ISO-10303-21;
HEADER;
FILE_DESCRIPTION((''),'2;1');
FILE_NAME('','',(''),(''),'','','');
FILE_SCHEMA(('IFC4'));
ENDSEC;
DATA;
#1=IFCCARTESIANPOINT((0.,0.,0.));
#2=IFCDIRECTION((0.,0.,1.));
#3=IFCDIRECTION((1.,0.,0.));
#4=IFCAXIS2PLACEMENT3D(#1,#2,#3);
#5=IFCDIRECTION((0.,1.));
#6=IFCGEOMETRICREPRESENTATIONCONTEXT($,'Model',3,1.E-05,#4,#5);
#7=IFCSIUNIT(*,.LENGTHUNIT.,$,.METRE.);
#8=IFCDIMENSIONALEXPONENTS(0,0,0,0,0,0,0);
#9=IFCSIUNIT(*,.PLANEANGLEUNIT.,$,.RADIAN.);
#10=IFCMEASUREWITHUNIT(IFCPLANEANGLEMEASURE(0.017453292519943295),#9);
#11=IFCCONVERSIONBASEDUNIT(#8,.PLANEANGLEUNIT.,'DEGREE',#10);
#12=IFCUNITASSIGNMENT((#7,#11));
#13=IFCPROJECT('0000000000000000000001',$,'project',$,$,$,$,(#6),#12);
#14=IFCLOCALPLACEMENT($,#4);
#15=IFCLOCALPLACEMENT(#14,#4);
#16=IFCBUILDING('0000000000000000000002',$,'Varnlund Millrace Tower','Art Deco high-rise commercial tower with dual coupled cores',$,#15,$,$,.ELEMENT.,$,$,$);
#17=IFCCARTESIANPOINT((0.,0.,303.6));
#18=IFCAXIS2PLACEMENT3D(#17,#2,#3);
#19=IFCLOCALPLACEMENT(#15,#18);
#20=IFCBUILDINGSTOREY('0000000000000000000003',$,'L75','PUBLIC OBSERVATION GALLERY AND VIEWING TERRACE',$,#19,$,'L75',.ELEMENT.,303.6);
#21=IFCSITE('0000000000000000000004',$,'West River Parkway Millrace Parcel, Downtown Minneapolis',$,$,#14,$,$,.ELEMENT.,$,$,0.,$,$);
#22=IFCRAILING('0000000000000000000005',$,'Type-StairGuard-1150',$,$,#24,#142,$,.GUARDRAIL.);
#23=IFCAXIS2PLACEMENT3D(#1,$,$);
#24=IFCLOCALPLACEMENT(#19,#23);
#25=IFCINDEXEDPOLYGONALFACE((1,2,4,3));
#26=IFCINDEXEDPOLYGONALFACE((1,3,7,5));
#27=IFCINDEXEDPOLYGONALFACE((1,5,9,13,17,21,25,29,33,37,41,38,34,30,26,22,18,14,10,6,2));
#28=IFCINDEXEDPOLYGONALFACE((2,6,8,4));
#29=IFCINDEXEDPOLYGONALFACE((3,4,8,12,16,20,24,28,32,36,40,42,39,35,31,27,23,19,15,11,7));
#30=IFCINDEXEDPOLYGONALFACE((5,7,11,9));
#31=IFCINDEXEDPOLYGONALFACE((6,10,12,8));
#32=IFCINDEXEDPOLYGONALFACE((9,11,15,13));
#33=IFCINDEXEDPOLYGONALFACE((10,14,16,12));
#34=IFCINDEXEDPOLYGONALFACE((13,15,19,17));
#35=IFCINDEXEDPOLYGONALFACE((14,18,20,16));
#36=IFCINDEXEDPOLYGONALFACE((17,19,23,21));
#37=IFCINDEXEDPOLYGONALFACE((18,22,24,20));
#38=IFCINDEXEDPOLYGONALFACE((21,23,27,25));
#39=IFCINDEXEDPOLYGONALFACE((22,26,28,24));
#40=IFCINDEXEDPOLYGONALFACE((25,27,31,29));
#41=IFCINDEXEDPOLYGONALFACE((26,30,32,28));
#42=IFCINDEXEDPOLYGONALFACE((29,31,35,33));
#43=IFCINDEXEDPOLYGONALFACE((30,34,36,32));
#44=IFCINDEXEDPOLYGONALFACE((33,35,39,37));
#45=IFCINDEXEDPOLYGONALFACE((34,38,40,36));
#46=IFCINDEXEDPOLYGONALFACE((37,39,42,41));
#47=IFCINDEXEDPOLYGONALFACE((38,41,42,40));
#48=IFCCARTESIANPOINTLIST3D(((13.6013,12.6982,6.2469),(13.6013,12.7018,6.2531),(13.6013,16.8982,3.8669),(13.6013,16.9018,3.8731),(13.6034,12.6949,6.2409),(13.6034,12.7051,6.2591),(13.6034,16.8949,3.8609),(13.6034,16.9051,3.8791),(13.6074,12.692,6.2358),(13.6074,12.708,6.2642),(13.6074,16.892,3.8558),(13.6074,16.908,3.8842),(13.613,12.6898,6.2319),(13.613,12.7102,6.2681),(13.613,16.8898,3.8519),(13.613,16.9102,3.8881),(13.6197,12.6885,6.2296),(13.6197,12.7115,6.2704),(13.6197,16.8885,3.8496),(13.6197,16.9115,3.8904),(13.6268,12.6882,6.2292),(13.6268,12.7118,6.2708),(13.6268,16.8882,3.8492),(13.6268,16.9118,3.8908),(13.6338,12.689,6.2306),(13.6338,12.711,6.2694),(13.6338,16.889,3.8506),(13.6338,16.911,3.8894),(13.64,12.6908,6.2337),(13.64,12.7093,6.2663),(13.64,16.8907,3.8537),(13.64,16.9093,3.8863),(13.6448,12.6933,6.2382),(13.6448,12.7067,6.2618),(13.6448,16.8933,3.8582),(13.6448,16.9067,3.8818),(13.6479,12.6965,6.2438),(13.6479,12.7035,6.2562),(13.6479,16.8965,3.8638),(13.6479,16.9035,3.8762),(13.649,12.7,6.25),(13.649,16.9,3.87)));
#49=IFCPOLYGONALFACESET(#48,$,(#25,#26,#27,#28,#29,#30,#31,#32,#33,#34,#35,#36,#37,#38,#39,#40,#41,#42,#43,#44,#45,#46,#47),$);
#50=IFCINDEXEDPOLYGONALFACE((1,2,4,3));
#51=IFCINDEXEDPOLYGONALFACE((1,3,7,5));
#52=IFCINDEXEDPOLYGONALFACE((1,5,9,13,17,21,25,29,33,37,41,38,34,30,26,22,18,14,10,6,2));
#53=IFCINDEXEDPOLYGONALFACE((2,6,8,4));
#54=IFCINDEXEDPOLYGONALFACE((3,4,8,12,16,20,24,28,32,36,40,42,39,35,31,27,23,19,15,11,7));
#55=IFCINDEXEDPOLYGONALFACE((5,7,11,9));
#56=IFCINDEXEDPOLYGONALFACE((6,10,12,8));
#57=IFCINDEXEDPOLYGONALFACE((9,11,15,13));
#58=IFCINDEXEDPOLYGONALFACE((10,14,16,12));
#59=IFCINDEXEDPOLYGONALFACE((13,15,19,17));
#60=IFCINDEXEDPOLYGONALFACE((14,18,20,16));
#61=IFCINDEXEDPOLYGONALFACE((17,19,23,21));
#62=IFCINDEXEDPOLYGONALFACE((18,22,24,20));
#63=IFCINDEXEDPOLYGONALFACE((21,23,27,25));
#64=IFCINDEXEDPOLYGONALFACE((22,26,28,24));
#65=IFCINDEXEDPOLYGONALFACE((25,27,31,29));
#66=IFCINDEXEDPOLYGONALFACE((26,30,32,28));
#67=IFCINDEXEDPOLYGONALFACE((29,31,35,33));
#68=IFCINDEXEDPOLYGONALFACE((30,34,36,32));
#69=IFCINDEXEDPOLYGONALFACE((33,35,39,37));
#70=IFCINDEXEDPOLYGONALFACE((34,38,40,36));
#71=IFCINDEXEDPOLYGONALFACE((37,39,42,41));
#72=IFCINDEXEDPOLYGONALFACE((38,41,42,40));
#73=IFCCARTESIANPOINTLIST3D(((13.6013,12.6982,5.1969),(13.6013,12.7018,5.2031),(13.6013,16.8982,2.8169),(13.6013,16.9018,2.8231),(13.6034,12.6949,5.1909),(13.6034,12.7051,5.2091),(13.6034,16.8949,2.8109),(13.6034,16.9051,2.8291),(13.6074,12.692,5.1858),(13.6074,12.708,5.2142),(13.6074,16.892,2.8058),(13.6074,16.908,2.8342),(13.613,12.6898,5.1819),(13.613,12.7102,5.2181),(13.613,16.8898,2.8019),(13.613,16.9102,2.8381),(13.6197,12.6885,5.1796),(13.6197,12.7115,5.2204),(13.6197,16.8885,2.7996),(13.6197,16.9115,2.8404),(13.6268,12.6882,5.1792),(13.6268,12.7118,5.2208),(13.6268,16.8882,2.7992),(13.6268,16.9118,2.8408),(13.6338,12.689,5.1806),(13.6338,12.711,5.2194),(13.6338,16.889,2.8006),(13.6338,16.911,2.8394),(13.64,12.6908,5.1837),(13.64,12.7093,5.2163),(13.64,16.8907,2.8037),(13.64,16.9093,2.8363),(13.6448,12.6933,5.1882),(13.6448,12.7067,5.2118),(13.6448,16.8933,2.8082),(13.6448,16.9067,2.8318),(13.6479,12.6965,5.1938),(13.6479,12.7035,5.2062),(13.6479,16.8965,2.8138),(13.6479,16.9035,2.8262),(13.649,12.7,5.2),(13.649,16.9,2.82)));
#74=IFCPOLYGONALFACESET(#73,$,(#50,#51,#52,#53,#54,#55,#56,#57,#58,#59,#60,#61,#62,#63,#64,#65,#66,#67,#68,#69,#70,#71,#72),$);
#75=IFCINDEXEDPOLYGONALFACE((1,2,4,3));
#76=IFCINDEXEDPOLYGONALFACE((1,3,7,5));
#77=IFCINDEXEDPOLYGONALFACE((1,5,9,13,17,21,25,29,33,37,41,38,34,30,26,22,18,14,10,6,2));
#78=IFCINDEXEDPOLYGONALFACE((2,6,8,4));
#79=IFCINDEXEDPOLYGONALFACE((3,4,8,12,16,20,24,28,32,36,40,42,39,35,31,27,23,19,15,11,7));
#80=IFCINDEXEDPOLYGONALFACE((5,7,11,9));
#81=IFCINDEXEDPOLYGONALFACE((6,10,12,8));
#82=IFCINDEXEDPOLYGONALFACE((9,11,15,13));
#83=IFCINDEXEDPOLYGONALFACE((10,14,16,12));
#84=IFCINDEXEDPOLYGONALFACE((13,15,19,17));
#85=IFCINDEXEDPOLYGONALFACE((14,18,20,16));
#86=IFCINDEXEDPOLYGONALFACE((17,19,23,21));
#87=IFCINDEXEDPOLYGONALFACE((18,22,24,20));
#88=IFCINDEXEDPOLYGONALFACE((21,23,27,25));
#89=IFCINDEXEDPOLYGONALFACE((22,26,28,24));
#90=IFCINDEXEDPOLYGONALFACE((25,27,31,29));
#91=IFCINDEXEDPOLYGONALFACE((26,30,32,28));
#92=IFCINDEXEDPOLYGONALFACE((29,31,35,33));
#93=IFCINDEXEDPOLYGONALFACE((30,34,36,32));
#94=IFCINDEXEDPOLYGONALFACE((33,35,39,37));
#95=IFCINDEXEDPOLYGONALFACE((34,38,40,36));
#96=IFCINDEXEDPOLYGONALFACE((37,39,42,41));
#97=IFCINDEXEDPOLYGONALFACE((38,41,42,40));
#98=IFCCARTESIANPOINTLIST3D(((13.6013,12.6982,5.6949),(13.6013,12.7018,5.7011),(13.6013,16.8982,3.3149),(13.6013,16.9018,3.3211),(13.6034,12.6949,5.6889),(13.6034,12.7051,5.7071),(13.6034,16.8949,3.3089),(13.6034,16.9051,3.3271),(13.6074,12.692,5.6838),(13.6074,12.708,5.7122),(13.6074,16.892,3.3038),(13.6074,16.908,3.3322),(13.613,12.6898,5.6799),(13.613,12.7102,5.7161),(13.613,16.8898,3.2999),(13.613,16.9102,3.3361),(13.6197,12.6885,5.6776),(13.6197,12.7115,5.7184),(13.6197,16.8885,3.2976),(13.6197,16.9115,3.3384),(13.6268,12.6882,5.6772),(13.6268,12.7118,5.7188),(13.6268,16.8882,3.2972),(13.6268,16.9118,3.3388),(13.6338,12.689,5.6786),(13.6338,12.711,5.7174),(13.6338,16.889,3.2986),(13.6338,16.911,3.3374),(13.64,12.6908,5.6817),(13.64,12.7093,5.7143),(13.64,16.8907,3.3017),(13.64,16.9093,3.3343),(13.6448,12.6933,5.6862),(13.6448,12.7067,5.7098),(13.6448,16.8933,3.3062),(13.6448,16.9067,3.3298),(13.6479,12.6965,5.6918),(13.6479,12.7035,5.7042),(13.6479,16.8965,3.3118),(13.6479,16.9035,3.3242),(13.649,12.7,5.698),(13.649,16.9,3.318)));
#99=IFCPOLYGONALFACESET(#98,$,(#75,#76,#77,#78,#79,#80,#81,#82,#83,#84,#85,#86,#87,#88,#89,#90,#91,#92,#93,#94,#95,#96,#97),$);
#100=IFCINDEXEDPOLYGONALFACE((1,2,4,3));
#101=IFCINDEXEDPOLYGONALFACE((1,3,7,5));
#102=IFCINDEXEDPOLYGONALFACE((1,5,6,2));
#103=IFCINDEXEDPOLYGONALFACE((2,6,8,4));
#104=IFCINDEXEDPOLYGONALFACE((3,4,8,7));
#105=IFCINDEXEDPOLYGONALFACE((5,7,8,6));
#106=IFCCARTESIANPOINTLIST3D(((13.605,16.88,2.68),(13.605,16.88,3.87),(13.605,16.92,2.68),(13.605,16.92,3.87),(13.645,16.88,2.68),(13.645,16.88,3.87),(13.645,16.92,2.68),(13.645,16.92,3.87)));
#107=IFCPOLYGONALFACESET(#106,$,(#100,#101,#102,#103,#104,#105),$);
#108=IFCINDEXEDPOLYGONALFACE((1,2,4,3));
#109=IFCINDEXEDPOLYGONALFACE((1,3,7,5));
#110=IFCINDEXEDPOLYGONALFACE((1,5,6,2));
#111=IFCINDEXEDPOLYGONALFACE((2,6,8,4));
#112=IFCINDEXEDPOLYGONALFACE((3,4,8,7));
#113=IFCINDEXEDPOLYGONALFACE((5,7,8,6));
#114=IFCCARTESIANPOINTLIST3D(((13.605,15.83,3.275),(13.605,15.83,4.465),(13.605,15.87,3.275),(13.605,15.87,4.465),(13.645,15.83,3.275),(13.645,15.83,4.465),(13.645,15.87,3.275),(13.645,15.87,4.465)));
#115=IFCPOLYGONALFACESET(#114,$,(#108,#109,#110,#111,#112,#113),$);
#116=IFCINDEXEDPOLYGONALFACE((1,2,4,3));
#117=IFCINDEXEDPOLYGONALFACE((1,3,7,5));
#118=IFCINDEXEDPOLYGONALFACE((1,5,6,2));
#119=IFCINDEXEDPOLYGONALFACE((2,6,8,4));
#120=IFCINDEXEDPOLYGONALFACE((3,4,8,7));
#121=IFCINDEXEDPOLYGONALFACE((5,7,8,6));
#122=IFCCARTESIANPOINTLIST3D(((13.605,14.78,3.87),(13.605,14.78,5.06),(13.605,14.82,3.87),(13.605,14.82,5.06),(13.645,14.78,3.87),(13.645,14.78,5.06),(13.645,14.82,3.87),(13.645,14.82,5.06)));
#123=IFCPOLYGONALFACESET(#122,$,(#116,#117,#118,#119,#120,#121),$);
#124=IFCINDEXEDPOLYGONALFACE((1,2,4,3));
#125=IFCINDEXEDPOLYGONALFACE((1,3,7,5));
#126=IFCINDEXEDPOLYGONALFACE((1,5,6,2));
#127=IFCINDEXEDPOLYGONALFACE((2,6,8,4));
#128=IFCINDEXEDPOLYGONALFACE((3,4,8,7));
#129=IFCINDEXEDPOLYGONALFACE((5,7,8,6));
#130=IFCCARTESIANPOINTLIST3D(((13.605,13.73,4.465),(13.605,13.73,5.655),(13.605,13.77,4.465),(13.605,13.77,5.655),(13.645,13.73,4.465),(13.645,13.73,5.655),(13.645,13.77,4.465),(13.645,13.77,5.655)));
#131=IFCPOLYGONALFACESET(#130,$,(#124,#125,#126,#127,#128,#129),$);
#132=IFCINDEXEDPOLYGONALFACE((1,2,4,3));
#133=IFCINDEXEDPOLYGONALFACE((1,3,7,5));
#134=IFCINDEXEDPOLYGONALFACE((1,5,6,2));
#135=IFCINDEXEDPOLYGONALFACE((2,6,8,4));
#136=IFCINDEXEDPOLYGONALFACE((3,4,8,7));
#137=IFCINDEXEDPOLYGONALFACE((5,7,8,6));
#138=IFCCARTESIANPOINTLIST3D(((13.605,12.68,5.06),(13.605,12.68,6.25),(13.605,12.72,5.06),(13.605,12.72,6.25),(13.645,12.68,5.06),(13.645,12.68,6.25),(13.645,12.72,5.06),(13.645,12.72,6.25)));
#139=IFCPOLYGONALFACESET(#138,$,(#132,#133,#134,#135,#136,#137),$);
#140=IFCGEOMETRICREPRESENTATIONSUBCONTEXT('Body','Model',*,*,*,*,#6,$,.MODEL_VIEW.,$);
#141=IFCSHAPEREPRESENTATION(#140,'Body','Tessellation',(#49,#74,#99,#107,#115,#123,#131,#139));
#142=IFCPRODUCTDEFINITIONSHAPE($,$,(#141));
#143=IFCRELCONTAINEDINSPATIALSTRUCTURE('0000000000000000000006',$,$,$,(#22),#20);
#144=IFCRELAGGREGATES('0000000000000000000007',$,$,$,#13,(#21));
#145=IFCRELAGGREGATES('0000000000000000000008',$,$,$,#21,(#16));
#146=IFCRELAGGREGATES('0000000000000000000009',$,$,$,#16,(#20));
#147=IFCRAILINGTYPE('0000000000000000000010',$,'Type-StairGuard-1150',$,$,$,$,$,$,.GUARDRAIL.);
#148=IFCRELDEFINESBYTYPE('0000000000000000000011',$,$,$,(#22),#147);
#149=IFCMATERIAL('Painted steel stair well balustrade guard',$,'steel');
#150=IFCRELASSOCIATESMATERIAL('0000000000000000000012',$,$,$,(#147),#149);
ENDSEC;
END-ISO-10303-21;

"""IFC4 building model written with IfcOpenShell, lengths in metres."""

from ifc_helpers import new_model, entity, si_unit, converted_unit, direction, frame, origin_with_axes, origin_2d_with_axis, place, context, subcontext, project, spatial, rectangle, circle, extrude, material, type_object, element, save


model = new_model("IFC4")

# Units and contexts
model_context = context("Model", 3, precision=1e-05, world=origin_with_axes(), true_north=direction((0.0, 1.0)))
body_context = subcontext(model_context, "Body", "Model", "MODEL_VIEW")
ifc_project = project(units=[si_unit("LENGTHUNIT", "METRE"), converted_unit("PLANEANGLEUNIT", "DEGREE", entity("IfcPlaneAngleMeasure", 0.017453292519943295), si_unit("PLANEANGLEUNIT", "RADIAN"), dimensions=[0, 0, 0, 0, 0, 0, 0])], contexts=[model_context])

# Site, building, storey
site_placement = place(None, origin_with_axes())
site = spatial("IfcSite", under=ifc_project, at=site_placement, Name="West River Parkway Millrace Parcel, Downtown Minneapolis", CompositionType="ELEMENT", RefElevation=0.0)
building_placement = place(site_placement, origin_with_axes())
building = spatial("IfcBuilding", under=site, at=building_placement, Name="Varnlund Millrace Tower", Description="Art Deco high-rise commercial tower with dual coupled cores", CompositionType="ELEMENT")
storey_placement = place(building_placement, frame((0.0, 0.0, 303.6), z_axis=(0.0, 0.0, 1.0), x_axis=(1.0, 0.0, 0.0)))
storey = spatial("IfcBuildingStorey", under=building, at=storey_placement, Name="L75", Description="PUBLIC OBSERVATION GALLERY AND VIEWING TERRACE", LongName="L75", CompositionType="ELEMENT", Elevation=303.6)

# Railing
ifc_material_1 = material(Name="Painted steel stair well balustrade guard", Category="steel")
railing_type_1 = type_object("IfcRailingType", Name="Type-StairGuard-1150", PredefinedType="GUARDRAIL", material=ifc_material_1)
railing_1_placement = place(storey_placement, frame((0.0, 0.0, -303.6), z_axis=(0.0, 0.0, 1.0), x_axis=(1.0, 0.0, 0.0)))
element("IfcRailing", 1, at=railing_1_placement, inside=storey, type_object=railing_type_1, Name="Type-StairGuard-1150", PredefinedType="GUARDRAIL", context=body_context, shape_type="SweptSolid", body=[
    extrude(circle(Radius=0.024, at=origin_2d_with_axis()), frame((13.625, 16.9, 307.47), z_axis=(0.0, -0.870022, 0.493013), x_axis=(1.0, 0.0, 0.0)), (0.0, 0.0, 1.0), 4.8275),
    extrude(circle(Radius=0.024, at=origin_2d_with_axis()), frame((13.625, 16.9, 306.42), z_axis=(0.0, -0.870022, 0.493013), x_axis=(1.0, 0.0, 0.0)), (0.0, 0.0, 1.0), 4.8275),
    extrude(circle(Radius=0.024, at=origin_2d_with_axis()), frame((13.625, 16.9, 306.918), z_axis=(0.0, -0.870022, 0.493013), x_axis=(1.0, 0.0, 0.0)), (0.0, 0.0, 1.0), 4.8275),
    extrude(rectangle(XDim=0.04, YDim=0.04, at=origin_2d_with_axis()), frame((13.625, 16.9, 306.28), z_axis=(0.0, 0.0, 1.0), x_axis=(1.0, 0.0, 0.0)), (0.0, 0.0, 1.0), 1.19),
    extrude(rectangle(XDim=0.04, YDim=0.04, at=origin_2d_with_axis()), frame((13.625, 15.85, 306.875), z_axis=(0.0, 0.0, 1.0), x_axis=(1.0, 0.0, 0.0)), (0.0, 0.0, 1.0), 1.19),
    extrude(rectangle(XDim=0.04, YDim=0.04, at=origin_2d_with_axis()), frame((13.625, 14.8, 307.47), z_axis=(0.0, 0.0, 1.0), x_axis=(1.0, 0.0, 0.0)), (0.0, 0.0, 1.0), 1.19),
    extrude(rectangle(XDim=0.04, YDim=0.04, at=origin_2d_with_axis()), frame((13.625, 13.75, 308.065), z_axis=(0.0, 0.0, 1.0), x_axis=(1.0, 0.0, 0.0)), (0.0, 0.0, 1.0), 1.19),
    extrude(rectangle(XDim=0.04, YDim=0.04, at=origin_2d_with_axis()), frame((13.625, 12.7, 308.66), z_axis=(0.0, 0.0, 1.0), x_axis=(1.0, 0.0, 0.0)), (0.0, 0.0, 1.0), 1.19),
])

save(model, "model.ifc")
